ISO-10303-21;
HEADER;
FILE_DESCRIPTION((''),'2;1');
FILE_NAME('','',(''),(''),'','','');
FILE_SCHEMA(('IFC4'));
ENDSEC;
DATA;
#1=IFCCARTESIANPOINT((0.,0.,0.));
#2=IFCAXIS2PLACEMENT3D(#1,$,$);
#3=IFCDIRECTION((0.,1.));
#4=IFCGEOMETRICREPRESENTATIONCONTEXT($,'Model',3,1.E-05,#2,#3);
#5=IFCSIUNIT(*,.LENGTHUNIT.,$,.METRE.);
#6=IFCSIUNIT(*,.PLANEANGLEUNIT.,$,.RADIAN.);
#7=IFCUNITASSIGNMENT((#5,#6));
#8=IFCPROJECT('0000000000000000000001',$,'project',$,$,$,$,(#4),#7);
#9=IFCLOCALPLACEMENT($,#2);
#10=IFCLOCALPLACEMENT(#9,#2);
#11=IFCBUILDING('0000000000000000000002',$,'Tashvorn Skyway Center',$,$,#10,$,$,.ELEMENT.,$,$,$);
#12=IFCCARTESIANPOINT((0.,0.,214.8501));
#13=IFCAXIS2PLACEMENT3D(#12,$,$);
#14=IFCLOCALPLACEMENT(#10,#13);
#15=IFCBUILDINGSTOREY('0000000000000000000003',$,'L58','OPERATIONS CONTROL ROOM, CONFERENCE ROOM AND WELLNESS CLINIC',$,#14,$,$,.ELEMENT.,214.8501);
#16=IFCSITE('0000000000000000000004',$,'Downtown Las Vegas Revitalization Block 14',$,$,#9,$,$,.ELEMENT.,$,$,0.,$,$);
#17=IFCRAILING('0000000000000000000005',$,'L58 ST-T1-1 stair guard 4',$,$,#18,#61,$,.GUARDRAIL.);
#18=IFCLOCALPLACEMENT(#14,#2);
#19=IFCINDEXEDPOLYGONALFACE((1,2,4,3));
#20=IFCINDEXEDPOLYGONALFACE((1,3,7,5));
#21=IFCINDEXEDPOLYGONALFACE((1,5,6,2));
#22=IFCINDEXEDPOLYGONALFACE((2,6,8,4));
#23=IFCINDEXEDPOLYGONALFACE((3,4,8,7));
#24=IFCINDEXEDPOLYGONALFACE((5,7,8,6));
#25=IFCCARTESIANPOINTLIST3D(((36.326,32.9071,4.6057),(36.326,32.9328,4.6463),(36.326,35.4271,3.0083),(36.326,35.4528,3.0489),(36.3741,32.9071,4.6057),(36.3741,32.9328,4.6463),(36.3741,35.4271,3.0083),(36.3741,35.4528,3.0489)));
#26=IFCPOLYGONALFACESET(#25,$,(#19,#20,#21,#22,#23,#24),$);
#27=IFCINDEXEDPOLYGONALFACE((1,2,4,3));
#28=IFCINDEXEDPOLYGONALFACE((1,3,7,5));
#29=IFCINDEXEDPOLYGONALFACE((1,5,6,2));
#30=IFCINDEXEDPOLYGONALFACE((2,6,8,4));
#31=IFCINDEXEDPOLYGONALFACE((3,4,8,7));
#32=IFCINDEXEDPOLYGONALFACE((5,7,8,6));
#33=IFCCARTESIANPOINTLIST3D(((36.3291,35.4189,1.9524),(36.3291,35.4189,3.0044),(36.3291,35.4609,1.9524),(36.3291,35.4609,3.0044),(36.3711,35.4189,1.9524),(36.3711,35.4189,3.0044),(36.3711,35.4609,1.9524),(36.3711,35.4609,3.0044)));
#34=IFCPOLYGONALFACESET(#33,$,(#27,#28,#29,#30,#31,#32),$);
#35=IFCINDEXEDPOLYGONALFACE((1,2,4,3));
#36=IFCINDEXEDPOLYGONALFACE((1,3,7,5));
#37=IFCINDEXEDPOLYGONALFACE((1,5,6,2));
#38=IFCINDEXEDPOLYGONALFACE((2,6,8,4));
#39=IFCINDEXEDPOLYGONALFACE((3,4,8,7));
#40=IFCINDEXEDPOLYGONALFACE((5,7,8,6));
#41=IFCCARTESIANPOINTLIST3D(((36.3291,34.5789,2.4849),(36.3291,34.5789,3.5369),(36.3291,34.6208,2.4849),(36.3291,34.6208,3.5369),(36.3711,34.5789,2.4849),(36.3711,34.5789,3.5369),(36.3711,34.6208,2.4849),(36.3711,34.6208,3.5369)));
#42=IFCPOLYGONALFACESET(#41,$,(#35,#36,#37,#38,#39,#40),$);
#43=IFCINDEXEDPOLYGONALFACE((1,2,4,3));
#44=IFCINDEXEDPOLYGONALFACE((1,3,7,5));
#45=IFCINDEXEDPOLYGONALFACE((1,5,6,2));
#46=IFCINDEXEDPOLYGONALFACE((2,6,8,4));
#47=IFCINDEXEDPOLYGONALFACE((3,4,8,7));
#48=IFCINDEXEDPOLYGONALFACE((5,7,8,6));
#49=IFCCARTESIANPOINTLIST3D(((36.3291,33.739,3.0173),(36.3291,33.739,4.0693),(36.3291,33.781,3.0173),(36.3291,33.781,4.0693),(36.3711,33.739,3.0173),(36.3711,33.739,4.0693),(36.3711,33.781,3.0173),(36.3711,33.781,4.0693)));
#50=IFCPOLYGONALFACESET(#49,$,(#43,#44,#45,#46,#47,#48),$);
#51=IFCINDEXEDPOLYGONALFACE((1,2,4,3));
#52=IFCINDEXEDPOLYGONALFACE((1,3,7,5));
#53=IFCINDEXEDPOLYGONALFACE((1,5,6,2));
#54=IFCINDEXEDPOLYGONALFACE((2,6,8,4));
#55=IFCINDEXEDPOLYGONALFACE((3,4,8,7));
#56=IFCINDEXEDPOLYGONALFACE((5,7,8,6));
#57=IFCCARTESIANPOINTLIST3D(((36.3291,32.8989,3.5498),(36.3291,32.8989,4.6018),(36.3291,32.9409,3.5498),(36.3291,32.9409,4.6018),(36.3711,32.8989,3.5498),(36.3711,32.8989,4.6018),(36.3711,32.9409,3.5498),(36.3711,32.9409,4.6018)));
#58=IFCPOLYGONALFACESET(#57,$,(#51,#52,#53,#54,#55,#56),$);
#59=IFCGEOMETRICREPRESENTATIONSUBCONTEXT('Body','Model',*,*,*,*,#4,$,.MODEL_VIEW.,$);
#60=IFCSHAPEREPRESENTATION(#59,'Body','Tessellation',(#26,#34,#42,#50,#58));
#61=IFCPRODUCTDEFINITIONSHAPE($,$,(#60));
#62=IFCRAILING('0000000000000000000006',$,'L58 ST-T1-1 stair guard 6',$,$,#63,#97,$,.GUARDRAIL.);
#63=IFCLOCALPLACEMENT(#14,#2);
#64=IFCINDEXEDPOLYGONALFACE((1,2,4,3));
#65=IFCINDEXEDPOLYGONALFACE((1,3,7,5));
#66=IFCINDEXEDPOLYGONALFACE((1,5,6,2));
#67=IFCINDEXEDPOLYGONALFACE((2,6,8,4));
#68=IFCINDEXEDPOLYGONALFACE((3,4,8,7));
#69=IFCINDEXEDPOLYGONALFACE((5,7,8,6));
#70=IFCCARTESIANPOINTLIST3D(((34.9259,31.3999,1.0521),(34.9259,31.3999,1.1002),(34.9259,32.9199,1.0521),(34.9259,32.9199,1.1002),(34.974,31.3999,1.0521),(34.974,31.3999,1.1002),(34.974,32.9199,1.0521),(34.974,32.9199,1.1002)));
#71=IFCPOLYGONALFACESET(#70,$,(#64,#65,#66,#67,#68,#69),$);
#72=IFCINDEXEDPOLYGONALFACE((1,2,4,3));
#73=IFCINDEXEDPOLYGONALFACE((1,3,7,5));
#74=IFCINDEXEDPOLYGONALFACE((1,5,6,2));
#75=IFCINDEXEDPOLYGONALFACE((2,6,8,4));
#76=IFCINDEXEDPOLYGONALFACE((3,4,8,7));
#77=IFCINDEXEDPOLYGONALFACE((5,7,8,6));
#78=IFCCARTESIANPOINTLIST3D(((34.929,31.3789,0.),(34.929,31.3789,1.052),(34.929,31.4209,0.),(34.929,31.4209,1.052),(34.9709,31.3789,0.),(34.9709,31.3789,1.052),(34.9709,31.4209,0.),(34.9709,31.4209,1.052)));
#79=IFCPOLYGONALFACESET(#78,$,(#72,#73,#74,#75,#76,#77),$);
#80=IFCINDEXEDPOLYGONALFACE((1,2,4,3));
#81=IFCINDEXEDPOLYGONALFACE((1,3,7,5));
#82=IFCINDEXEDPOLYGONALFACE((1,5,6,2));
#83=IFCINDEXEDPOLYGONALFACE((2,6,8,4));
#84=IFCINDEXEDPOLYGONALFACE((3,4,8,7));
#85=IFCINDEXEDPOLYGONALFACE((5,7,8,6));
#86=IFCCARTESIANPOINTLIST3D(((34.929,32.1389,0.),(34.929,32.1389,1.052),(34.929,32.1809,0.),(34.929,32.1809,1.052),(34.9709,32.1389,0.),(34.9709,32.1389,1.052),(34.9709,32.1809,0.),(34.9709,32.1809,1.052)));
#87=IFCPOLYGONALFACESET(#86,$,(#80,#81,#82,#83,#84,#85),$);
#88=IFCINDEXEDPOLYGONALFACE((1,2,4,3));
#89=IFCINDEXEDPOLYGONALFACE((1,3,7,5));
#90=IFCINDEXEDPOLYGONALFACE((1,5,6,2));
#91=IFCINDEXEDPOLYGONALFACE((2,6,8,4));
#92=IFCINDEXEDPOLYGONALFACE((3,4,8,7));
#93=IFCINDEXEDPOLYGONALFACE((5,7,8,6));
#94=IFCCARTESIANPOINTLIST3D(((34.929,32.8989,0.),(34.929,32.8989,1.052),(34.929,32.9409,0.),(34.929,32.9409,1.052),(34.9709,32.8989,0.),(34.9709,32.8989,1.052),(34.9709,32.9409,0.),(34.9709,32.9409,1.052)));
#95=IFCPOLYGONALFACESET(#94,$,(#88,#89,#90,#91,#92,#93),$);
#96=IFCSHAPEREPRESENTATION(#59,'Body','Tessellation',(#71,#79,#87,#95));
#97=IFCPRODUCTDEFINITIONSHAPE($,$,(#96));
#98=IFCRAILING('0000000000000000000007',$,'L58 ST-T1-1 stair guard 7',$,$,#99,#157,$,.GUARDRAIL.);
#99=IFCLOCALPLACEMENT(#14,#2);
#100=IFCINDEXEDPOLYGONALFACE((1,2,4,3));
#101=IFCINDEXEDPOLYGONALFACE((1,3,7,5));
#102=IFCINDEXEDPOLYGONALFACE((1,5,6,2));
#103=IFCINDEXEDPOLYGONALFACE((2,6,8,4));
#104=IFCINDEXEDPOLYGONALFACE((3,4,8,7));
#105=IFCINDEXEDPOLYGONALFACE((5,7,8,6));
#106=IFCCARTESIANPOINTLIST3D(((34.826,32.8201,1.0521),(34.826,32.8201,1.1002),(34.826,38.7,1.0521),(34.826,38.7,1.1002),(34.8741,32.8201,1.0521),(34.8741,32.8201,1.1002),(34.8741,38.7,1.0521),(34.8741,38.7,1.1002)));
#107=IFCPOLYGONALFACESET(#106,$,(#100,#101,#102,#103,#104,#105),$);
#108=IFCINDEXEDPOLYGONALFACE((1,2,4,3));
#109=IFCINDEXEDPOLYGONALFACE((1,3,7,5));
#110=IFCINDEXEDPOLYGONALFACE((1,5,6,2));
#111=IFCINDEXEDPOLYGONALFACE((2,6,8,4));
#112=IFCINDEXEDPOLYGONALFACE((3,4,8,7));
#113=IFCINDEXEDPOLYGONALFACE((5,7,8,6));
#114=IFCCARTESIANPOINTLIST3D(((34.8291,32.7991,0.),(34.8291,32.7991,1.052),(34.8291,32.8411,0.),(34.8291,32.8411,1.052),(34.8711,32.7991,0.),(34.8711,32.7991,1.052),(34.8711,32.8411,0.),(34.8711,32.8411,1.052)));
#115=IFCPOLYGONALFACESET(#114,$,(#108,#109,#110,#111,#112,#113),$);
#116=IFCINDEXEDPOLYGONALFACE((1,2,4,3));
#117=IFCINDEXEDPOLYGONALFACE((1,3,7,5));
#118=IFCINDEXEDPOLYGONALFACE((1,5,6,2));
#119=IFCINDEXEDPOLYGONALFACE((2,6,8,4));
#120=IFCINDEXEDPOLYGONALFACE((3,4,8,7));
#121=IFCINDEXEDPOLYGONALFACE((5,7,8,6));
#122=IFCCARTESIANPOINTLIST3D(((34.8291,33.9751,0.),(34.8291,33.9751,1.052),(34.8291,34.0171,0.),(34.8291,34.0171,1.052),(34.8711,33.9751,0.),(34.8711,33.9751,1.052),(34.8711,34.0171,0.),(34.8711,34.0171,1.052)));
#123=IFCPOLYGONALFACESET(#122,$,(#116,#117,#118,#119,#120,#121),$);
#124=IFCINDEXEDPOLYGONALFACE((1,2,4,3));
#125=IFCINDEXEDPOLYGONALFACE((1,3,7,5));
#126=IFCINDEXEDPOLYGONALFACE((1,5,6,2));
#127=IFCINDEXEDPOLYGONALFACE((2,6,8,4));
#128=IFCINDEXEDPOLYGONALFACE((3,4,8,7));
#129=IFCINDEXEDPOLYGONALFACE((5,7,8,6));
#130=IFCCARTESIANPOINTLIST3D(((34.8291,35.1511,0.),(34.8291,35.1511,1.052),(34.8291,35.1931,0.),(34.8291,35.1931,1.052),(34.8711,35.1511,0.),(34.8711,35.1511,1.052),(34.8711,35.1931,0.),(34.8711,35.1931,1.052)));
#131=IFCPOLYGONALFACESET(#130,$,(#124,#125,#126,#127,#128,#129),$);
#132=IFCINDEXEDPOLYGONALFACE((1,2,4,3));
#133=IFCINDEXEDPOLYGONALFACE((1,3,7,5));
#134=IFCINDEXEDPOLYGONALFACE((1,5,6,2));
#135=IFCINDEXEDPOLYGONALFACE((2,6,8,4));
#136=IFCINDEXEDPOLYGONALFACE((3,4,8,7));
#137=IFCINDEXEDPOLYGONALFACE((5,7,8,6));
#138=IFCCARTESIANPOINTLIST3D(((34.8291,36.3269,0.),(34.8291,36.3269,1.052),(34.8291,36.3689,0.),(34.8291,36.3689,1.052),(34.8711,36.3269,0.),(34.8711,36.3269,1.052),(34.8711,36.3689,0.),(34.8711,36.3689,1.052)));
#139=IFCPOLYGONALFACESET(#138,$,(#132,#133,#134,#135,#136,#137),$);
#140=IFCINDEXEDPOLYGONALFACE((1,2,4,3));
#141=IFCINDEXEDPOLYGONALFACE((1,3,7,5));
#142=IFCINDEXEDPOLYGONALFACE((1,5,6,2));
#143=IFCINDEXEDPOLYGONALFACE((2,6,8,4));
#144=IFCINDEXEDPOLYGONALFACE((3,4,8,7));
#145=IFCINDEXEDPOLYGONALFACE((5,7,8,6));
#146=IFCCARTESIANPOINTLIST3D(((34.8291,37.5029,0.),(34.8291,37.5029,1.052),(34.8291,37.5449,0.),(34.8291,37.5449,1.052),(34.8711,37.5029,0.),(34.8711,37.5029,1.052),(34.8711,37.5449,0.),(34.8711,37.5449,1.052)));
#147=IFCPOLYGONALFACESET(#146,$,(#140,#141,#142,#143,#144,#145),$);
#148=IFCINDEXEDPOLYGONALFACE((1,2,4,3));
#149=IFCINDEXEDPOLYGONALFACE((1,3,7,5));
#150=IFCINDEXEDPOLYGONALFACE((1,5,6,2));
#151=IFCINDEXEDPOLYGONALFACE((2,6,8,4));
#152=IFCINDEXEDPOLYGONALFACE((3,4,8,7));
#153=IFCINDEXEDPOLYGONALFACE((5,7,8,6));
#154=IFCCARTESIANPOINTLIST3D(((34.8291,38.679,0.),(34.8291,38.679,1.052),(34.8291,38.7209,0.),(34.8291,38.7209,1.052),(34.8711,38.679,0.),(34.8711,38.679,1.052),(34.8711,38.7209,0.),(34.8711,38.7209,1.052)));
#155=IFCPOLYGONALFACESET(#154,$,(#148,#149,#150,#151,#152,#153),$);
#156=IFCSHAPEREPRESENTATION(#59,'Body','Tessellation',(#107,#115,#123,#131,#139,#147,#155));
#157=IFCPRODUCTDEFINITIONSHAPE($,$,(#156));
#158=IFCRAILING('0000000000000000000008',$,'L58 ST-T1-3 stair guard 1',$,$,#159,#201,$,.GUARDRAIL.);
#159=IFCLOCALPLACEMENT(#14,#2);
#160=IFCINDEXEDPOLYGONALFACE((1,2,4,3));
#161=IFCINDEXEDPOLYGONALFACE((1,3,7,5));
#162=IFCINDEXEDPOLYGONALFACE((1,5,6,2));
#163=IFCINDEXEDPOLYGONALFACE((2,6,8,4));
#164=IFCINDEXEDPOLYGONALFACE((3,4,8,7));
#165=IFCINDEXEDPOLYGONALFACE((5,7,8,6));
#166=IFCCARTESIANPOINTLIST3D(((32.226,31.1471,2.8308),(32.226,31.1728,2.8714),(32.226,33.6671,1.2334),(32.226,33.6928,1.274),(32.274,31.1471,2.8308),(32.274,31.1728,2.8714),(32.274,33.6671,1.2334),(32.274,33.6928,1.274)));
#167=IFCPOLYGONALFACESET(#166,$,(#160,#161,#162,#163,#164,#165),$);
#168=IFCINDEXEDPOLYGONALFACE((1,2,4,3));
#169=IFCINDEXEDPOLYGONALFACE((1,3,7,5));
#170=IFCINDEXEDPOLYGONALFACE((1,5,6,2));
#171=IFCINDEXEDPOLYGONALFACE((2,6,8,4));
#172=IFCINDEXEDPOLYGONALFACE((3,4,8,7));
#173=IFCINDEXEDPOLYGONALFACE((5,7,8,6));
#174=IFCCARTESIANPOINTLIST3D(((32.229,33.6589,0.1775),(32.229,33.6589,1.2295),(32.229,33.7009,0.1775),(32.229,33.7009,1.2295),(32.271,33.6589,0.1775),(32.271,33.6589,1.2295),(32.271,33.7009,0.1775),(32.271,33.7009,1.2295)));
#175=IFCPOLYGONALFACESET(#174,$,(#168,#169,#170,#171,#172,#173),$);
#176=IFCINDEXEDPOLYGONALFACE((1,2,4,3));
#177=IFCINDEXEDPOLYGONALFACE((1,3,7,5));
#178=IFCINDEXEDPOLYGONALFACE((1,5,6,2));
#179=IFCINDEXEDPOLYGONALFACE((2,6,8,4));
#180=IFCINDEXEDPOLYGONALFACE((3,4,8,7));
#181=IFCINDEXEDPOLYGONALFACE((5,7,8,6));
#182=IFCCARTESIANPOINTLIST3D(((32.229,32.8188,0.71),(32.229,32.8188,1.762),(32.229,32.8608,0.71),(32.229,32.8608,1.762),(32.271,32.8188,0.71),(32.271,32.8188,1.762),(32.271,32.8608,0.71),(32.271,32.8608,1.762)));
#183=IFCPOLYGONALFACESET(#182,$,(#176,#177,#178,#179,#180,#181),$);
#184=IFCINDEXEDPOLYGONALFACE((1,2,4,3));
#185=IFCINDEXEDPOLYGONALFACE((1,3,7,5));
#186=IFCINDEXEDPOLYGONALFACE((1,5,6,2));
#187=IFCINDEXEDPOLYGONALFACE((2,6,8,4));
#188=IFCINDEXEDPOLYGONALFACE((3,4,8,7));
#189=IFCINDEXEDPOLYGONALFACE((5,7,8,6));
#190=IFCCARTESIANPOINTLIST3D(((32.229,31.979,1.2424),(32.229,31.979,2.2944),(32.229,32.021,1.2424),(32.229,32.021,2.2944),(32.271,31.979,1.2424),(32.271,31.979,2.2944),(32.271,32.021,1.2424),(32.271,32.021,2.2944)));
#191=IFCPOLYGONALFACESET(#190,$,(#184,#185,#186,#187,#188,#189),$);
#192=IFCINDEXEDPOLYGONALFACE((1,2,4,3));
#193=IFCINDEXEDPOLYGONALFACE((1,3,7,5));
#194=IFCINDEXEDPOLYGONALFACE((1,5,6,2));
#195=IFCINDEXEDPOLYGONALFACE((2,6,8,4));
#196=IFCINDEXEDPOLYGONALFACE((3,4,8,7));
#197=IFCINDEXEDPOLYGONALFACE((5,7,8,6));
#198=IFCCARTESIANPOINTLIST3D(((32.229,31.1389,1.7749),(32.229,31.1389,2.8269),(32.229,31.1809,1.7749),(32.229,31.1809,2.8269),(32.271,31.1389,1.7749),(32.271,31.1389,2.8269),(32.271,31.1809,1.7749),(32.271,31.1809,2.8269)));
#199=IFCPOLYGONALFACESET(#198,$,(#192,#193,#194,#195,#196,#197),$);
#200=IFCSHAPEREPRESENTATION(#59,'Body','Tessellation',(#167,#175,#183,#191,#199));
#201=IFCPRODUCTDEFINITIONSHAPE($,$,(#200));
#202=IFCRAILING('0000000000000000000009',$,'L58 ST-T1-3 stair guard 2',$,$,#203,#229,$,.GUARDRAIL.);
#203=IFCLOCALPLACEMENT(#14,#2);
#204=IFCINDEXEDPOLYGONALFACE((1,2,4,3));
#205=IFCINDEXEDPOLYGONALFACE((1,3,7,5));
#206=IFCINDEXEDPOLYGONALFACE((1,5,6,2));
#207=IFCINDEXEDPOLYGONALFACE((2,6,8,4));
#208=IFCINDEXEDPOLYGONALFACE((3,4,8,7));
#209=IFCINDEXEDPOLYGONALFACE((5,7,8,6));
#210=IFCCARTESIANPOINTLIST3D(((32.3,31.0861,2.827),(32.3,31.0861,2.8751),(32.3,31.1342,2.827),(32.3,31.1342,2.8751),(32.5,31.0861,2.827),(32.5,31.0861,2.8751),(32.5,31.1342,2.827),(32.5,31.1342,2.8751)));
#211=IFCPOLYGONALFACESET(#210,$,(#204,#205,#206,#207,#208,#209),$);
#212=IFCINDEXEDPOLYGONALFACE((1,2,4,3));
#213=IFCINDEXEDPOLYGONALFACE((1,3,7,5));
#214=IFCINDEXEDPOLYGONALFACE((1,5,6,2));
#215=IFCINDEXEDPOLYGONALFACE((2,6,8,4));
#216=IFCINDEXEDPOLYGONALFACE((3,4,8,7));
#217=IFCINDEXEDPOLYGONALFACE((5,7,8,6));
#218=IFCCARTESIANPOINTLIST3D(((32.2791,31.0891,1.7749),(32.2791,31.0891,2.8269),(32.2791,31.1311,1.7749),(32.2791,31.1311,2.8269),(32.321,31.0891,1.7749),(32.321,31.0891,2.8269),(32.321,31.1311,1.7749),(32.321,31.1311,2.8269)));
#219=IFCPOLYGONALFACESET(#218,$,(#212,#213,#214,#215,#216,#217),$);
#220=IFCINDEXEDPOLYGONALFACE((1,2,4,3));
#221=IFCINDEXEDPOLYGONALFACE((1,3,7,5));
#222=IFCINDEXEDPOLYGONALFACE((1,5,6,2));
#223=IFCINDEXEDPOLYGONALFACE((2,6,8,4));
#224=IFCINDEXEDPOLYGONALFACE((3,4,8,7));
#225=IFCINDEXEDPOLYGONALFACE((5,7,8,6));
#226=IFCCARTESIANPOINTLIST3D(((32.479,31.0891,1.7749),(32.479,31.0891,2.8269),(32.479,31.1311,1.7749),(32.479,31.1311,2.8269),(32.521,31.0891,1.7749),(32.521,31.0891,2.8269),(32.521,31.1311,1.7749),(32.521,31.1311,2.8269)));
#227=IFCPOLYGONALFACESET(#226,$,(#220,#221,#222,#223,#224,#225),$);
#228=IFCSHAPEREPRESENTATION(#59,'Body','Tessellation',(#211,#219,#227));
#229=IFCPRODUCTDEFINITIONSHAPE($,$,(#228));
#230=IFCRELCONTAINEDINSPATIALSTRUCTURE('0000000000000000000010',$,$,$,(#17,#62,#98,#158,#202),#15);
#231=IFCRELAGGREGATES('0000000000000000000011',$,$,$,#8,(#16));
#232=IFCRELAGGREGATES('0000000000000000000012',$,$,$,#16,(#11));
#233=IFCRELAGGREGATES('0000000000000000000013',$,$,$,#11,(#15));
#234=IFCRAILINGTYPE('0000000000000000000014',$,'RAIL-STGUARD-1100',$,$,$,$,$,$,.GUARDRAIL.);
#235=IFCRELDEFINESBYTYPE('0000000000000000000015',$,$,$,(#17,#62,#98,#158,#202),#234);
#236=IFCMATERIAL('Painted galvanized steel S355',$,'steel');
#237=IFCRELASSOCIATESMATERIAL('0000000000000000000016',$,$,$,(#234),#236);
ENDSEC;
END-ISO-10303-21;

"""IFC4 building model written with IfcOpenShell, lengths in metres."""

from ifc_helpers import new_model, si_unit, direction, frame, origin, origin_2d, place, context, subcontext, project, spatial, rectangle, extrude, material, type_object, element, save


model = new_model("IFC4")

# Units and contexts
model_context = context("Model", 3, precision=1e-05, world=origin(), true_north=direction((0.0, 1.0)))
body_context = subcontext(model_context, "Body", "Model", "MODEL_VIEW")
ifc_project = project(units=[si_unit("LENGTHUNIT", "METRE"), si_unit("PLANEANGLEUNIT", "RADIAN")], contexts=[model_context])

# Site, building, storey
site_placement = place(None, origin())
site = spatial("IfcSite", under=ifc_project, at=site_placement, Name="Downtown Las Vegas Revitalization Block 14", CompositionType="ELEMENT", RefElevation=0.0)
building_placement = place(site_placement, origin())
building = spatial("IfcBuilding", under=site, at=building_placement, Name="Tashvorn Skyway Center", CompositionType="ELEMENT")
storey_placement = place(building_placement, frame((0.0, 0.0, 214.8501)))
storey = spatial("IfcBuildingStorey", under=building, at=storey_placement, Name="L58", Description="OPERATIONS CONTROL ROOM, CONFERENCE ROOM AND WELLNESS CLINIC", CompositionType="ELEMENT", Elevation=214.8501)

# Railings
ifc_material_1 = material(Name="Painted galvanized steel S355", Category="steel")
railing_type_1 = type_object("IfcRailingType", Name="RAIL-STGUARD-1100", PredefinedType="GUARDRAIL", material=ifc_material_1)
railing_1_placement = place(storey_placement, frame((36.3501, 35.4399, 1.9524)))
element("IfcRailing", 1, at=railing_1_placement, inside=storey, type_object=railing_type_1, Name="L58 ST-T1-1 stair guard 4", PredefinedType="GUARDRAIL", context=body_context, shape_type="SweptSolid", body=[
    extrude(rectangle(XDim=0.0481, YDim=0.0481, at=origin_2d()), frame((0.0, 0.0, 1.0762), z_axis=(0.0, -0.844607, 0.535387), x_axis=(1.0, 0.0, 0.0)), (0.0, 0.0, 1.0), 2.9836),
    extrude(rectangle(XDim=0.042, YDim=0.042, at=origin_2d()), origin(), (0.0, 0.0, 1.0), 1.052),
    extrude(rectangle(XDim=0.042, YDim=0.042, at=origin_2d()), frame((0.0, -0.8401, 0.5325)), (0.0, 0.0, 1.0), 1.052),
    extrude(rectangle(XDim=0.042, YDim=0.042, at=origin_2d()), frame((0.0, -1.6799, 1.0649)), (0.0, 0.0, 1.0), 1.052),
    extrude(rectangle(XDim=0.042, YDim=0.042, at=origin_2d()), frame((0.0, -2.52, 1.5974)), (0.0, 0.0, 1.0), 1.052),
])
railing_2_placement = place(storey_placement, frame((34.95, 31.3999, 0.0)))
element("IfcRailing", 2, at=railing_2_placement, inside=storey, type_object=railing_type_1, Name="L58 ST-T1-1 stair guard 6", PredefinedType="GUARDRAIL", context=body_context, shape_type="SweptSolid", body=[
    extrude(rectangle(XDim=0.0481, YDim=0.0481, at=origin_2d()), frame((0.0, 0.0, 1.0762), z_axis=(0.0, 1.0, 0.0), x_axis=(-1.0, 0.0, 0.0)), (0.0, 0.0, 1.0), 1.52),
    extrude(rectangle(XDim=0.042, YDim=0.042, at=origin_2d()), origin(), (0.0, 0.0, 1.0), 1.052),
    extrude(rectangle(XDim=0.042, YDim=0.042, at=origin_2d()), frame((0.0, 0.76, 0.0)), (0.0, 0.0, 1.0), 1.052),
    extrude(rectangle(XDim=0.042, YDim=0.042, at=origin_2d()), frame((0.0, 1.52, 0.0)), (0.0, 0.0, 1.0), 1.052),
])
railing_3_placement = place(storey_placement, frame((34.8501, 32.8201, 0.0)))
element("IfcRailing", 3, at=railing_3_placement, inside=storey, type_object=railing_type_1, Name="L58 ST-T1-1 stair guard 7", PredefinedType="GUARDRAIL", context=body_context, shape_type="SweptSolid", body=[
    extrude(rectangle(XDim=0.0481, YDim=0.0481, at=origin_2d()), frame((0.0, 0.0, 1.0762), z_axis=(0.0, 1.0, 0.0), x_axis=(-1.0, 0.0, 0.0)), (0.0, 0.0, 1.0), 5.8799),
    extrude(rectangle(XDim=0.042, YDim=0.042, at=origin_2d()), origin(), (0.0, 0.0, 1.0), 1.052),
    extrude(rectangle(XDim=0.042, YDim=0.042, at=origin_2d()), frame((0.0, 1.176, 0.0)), (0.0, 0.0, 1.0), 1.052),
    extrude(rectangle(XDim=0.042, YDim=0.042, at=origin_2d()), frame((0.0, 2.3521, 0.0)), (0.0, 0.0, 1.0), 1.052),
    extrude(rectangle(XDim=0.042, YDim=0.042, at=origin_2d()), frame((0.0, 3.5278, 0.0)), (0.0, 0.0, 1.0), 1.052),
    extrude(rectangle(XDim=0.042, YDim=0.042, at=origin_2d()), frame((0.0, 4.7039, 0.0)), (0.0, 0.0, 1.0), 1.052),
    extrude(rectangle(XDim=0.042, YDim=0.042, at=origin_2d()), frame((0.0, 5.8799, 0.0)), (0.0, 0.0, 1.0), 1.052),
])
railing_4_placement = place(storey_placement, frame((32.25, 33.6799, 0.1775)))
element("IfcRailing", 4, at=railing_4_placement, inside=storey, type_object=railing_type_1, Name="L58 ST-T1-3 stair guard 1", PredefinedType="GUARDRAIL", context=body_context, shape_type="SweptSolid", body=[
    extrude(rectangle(XDim=0.0481, YDim=0.0481, at=origin_2d()), frame((0.0, 0.0, 1.0762), z_axis=(0.0, -0.844607, 0.535387), x_axis=(1.0, 0.0, 0.0)), (0.0, 0.0, 1.0), 2.9836),
    extrude(rectangle(XDim=0.042, YDim=0.042, at=origin_2d()), origin(), (0.0, 0.0, 1.0), 1.052),
    extrude(rectangle(XDim=0.042, YDim=0.042, at=origin_2d()), frame((0.0, -0.8401, 0.5325)), (0.0, 0.0, 1.0), 1.052),
    extrude(rectangle(XDim=0.042, YDim=0.042, at=origin_2d()), frame((0.0, -1.6799, 1.0649)), (0.0, 0.0, 1.0), 1.052),
    extrude(rectangle(XDim=0.042, YDim=0.042, at=origin_2d()), frame((0.0, -2.52, 1.5974)), (0.0, 0.0, 1.0), 1.052),
])
railing_5_placement = place(storey_placement, frame((32.3, 31.1101, 1.7749)))
element("IfcRailing", 5, at=railing_5_placement, inside=storey, type_object=railing_type_1, Name="L58 ST-T1-3 stair guard 2", PredefinedType="GUARDRAIL", context=body_context, shape_type="SweptSolid", body=[
    extrude(rectangle(XDim=0.0481, YDim=0.0481, at=origin_2d()), frame((0.0, 0.0, 1.0762), z_axis=(1.0, 0.0, 0.0), x_axis=(0.0, 1.0, 0.0)), (0.0, 0.0, 1.0), 0.2),
    extrude(rectangle(XDim=0.042, YDim=0.042, at=origin_2d()), origin(), (0.0, 0.0, 1.0), 1.052),
    extrude(rectangle(XDim=0.042, YDim=0.042, at=origin_2d()), frame((0.2, 0.0, 0.0)), (0.0, 0.0, 1.0), 1.052),
])

save(model, "model.ifc")
